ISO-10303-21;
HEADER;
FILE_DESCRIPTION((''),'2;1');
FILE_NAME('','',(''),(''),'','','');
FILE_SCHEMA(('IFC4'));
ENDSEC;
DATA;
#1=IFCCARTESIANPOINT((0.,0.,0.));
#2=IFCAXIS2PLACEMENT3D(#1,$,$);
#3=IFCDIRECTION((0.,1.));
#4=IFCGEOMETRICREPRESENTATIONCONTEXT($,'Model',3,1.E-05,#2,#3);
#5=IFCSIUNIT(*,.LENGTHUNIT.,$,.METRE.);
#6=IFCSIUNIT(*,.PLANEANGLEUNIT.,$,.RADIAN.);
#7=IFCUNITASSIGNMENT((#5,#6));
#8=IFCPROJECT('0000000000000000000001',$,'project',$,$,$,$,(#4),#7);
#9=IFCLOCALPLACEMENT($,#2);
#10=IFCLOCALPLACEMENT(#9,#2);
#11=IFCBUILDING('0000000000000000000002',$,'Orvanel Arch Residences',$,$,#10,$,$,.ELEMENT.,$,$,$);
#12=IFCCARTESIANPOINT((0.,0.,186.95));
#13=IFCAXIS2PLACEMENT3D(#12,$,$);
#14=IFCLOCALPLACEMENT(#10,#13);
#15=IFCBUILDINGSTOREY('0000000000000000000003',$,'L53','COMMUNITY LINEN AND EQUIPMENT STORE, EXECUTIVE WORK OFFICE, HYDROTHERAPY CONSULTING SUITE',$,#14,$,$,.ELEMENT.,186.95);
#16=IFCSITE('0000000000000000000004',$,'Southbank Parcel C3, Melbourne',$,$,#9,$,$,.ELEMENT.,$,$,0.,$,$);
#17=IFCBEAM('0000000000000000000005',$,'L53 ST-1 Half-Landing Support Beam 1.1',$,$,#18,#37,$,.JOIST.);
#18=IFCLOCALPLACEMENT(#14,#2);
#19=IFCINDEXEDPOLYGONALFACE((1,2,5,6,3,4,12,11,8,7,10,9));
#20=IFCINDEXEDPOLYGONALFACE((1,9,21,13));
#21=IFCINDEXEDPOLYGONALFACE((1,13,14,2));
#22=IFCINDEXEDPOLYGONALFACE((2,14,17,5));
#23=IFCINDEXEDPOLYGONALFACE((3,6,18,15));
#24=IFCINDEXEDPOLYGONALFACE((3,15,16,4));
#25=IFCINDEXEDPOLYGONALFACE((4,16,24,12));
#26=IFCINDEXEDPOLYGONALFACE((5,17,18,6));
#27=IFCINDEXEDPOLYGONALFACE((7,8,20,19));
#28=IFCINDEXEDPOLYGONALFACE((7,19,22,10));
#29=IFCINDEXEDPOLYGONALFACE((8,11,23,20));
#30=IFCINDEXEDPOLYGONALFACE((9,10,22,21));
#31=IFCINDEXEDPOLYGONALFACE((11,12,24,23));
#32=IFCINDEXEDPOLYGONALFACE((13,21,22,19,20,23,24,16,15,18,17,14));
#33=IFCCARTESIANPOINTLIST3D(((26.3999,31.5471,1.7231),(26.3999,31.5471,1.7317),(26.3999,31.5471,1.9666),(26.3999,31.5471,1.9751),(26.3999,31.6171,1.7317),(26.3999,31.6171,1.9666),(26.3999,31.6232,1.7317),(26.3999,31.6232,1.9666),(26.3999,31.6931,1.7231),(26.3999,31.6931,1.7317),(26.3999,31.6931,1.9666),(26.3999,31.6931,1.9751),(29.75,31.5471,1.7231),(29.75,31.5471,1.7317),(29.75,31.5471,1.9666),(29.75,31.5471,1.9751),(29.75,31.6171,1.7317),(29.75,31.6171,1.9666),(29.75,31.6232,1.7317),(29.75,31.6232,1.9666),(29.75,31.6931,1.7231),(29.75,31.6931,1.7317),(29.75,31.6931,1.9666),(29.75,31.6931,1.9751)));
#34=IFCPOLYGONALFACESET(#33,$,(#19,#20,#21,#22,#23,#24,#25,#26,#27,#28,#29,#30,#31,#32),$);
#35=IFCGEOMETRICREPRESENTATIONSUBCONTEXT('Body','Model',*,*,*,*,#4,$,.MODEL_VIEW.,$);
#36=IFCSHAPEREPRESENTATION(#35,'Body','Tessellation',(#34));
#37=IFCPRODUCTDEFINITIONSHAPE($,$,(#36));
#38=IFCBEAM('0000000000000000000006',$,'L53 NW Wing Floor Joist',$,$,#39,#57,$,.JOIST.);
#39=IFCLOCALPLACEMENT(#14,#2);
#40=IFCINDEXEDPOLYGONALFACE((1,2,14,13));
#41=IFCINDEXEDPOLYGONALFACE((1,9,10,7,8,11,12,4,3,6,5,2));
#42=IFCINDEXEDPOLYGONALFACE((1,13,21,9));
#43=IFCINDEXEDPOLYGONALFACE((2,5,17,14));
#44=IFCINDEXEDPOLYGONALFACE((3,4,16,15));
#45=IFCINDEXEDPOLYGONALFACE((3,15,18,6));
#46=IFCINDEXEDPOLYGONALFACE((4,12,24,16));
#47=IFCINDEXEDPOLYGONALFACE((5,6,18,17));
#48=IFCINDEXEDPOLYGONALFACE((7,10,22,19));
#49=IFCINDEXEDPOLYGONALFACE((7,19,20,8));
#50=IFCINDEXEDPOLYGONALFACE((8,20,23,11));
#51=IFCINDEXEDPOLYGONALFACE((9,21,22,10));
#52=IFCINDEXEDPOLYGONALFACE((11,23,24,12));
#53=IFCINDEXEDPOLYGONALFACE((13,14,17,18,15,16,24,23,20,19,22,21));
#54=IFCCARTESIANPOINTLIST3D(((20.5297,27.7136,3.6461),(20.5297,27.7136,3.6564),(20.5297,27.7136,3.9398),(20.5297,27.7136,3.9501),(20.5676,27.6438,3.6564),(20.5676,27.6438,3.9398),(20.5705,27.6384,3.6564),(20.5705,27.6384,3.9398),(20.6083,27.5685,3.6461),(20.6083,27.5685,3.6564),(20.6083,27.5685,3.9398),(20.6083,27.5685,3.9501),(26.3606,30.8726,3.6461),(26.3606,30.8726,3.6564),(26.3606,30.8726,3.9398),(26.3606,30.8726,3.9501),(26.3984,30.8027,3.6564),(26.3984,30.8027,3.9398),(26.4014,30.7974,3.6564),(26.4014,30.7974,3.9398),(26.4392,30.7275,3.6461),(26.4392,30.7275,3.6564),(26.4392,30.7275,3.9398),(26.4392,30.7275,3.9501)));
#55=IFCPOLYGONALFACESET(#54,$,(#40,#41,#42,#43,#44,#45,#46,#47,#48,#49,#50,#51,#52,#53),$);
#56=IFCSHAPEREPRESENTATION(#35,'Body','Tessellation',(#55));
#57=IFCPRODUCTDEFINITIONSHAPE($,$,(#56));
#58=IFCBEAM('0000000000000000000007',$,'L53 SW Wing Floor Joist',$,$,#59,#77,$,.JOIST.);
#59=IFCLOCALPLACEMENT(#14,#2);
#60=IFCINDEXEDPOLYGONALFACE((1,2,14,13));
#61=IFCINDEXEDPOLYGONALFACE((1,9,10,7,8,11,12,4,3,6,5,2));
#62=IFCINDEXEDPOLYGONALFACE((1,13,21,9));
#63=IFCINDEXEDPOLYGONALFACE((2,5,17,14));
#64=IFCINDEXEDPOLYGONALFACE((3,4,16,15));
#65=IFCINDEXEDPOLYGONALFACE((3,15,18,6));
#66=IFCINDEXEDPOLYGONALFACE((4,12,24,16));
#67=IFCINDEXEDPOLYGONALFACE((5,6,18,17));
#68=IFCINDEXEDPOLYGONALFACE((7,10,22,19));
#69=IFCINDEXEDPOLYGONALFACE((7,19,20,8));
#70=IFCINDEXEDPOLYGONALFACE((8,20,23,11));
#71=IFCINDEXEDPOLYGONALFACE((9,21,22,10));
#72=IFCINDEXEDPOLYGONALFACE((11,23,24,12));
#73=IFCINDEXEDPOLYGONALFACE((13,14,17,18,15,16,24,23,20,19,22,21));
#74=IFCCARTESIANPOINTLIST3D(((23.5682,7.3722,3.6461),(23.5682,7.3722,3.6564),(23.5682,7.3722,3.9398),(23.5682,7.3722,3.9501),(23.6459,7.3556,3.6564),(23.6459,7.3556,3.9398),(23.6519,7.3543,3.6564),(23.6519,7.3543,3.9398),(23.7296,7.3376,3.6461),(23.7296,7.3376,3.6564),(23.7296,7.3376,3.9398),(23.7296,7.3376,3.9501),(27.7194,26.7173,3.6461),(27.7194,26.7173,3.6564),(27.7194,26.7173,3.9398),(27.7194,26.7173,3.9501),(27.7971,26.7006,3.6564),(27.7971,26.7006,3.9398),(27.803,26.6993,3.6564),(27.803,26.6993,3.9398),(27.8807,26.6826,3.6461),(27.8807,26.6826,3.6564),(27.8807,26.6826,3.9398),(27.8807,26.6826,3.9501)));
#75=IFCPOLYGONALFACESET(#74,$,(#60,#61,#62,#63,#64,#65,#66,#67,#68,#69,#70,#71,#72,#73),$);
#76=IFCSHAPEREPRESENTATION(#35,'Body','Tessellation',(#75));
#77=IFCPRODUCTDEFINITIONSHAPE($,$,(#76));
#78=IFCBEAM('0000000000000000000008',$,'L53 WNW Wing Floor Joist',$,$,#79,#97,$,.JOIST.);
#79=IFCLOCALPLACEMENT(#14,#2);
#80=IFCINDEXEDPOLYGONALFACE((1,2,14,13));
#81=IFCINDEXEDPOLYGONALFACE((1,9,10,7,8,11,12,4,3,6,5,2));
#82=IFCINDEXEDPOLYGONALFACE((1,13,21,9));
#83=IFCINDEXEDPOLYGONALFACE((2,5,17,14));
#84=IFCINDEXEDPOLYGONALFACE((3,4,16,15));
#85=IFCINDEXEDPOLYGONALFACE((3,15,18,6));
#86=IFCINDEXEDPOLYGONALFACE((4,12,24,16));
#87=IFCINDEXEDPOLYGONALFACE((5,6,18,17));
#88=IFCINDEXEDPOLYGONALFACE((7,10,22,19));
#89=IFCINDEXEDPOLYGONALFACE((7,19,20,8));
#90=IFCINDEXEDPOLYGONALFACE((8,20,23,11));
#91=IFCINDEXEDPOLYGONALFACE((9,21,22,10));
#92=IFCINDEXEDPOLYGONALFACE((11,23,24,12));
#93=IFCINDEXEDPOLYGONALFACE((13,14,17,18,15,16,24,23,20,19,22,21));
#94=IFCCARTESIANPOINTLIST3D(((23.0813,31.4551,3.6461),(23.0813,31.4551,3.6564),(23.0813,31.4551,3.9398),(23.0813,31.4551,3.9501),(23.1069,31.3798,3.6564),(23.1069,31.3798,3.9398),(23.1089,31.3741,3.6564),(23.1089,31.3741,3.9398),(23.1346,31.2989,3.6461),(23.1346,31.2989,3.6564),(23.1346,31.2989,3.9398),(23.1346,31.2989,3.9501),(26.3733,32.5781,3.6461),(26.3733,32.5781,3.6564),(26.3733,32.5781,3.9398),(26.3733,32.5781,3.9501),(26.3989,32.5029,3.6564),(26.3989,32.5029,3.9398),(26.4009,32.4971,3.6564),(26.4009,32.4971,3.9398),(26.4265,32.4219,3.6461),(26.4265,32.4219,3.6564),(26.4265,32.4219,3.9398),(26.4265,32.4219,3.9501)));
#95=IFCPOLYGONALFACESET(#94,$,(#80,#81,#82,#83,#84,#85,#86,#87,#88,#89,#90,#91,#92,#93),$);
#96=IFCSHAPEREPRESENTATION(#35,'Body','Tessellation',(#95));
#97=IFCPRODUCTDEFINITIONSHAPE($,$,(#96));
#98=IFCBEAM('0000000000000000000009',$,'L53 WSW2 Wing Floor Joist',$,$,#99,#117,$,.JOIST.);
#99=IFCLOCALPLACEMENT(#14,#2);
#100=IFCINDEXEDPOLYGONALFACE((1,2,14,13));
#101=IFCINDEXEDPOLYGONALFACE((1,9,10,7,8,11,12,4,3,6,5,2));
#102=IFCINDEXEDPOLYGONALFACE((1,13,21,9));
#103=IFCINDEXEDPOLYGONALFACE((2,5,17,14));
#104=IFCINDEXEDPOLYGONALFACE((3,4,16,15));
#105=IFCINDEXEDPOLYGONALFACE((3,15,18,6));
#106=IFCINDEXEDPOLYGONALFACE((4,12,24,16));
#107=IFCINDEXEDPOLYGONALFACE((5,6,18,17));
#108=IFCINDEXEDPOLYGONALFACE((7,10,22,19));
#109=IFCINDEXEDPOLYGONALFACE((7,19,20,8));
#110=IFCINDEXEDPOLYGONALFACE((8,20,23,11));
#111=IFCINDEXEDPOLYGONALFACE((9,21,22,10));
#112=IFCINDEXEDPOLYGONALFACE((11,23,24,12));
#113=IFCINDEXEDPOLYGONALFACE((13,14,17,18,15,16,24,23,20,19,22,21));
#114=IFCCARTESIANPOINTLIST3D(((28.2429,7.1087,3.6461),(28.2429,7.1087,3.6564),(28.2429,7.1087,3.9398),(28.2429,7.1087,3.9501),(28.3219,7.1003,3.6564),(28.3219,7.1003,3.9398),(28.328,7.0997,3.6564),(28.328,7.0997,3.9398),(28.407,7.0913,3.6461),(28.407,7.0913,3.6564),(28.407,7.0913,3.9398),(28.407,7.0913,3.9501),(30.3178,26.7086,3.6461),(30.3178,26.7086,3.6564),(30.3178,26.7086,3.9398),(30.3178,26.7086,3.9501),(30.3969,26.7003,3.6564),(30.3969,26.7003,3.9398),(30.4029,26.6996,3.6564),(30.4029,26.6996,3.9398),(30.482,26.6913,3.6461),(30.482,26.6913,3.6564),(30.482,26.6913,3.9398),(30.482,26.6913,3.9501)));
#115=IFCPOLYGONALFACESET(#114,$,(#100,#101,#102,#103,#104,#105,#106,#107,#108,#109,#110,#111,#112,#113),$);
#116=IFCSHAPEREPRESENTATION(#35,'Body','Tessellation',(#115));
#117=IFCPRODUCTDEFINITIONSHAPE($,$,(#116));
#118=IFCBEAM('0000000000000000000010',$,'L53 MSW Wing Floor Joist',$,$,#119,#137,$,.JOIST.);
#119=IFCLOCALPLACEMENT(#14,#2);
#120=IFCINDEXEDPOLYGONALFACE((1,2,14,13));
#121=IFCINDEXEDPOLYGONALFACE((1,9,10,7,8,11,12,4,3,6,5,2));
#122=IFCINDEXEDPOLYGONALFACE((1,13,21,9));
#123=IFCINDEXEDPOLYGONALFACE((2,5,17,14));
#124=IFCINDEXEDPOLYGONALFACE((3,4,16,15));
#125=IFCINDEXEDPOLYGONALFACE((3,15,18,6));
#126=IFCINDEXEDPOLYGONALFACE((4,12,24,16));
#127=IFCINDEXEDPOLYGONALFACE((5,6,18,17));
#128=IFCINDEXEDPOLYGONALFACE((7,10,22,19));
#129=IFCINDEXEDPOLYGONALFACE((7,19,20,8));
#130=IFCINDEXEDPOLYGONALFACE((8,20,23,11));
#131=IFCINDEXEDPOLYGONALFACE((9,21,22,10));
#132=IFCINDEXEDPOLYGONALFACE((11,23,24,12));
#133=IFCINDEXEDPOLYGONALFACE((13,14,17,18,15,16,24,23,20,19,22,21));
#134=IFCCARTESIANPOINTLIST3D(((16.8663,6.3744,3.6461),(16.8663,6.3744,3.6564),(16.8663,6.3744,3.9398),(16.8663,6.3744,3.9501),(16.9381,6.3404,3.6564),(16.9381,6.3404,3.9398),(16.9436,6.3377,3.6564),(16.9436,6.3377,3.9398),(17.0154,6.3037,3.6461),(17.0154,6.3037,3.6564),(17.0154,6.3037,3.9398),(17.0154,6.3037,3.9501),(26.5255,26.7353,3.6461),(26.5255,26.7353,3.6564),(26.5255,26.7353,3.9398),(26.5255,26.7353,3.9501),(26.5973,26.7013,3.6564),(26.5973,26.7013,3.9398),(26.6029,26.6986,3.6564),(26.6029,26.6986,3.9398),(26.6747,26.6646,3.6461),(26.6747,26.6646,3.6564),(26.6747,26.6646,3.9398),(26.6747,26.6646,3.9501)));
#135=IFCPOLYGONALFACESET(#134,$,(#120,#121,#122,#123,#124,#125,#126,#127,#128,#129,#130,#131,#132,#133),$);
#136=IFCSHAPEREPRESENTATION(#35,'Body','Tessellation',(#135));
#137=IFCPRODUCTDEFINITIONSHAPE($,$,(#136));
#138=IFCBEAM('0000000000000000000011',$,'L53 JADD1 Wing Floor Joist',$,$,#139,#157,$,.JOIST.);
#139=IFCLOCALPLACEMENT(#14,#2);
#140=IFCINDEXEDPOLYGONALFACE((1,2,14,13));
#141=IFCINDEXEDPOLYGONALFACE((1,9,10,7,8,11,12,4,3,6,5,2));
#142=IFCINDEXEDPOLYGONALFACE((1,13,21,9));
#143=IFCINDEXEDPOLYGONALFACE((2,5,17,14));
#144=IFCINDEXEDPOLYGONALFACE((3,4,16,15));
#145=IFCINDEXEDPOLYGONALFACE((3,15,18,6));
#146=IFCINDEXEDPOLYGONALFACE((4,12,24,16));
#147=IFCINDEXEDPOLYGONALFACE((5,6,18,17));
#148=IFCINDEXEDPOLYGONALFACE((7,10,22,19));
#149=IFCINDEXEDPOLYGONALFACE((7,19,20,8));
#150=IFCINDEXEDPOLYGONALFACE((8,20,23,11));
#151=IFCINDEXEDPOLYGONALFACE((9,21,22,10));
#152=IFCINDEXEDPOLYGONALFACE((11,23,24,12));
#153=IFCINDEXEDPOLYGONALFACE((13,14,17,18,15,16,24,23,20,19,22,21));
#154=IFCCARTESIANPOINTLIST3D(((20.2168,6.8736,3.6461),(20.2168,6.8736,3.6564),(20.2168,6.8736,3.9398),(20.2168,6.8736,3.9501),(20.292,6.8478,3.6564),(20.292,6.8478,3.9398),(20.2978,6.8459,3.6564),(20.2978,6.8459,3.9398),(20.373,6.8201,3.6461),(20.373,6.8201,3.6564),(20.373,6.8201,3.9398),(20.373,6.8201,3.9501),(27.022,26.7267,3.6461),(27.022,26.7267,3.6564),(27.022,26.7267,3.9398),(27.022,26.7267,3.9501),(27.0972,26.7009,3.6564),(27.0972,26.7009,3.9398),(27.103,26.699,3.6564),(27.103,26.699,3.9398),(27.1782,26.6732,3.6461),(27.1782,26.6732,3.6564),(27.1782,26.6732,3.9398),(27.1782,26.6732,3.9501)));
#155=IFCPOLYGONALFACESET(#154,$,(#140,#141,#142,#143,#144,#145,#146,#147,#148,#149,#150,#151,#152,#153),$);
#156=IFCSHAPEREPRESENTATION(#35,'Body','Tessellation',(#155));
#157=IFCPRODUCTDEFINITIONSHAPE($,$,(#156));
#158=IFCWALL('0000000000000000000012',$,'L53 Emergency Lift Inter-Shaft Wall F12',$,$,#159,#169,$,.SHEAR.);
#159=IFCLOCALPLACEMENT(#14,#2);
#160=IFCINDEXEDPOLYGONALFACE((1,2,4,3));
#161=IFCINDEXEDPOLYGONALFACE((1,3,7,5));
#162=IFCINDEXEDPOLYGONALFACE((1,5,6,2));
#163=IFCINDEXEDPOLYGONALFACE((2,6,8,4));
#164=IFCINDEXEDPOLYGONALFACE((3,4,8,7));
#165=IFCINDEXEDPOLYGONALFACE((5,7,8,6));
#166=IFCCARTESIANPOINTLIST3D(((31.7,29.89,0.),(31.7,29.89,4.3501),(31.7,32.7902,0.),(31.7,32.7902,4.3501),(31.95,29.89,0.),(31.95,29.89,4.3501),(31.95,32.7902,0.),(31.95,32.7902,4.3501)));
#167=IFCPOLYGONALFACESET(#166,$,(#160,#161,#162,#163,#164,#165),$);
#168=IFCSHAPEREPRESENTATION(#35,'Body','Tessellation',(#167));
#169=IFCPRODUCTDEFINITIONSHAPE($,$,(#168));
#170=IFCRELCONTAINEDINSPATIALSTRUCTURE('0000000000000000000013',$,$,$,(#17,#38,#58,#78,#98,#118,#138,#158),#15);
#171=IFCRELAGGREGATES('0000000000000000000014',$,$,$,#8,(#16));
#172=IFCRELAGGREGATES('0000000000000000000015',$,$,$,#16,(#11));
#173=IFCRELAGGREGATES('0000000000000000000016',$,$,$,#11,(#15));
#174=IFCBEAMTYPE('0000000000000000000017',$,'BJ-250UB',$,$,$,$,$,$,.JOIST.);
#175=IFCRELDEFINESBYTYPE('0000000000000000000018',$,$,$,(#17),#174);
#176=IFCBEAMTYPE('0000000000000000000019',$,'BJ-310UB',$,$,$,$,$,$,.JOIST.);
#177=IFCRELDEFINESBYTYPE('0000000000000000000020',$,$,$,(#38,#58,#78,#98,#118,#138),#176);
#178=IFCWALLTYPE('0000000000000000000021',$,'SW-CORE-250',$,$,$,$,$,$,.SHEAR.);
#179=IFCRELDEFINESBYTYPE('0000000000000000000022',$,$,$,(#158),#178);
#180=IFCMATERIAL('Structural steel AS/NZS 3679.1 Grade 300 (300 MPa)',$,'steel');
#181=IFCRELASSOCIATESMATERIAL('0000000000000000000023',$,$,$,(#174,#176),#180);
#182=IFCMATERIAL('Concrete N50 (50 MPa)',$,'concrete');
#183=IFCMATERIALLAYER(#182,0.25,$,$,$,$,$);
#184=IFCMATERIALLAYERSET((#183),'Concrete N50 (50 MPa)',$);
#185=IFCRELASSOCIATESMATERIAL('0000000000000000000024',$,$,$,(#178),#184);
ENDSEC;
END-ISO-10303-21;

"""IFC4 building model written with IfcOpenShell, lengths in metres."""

from ifc_helpers import new_model, si_unit, direction, frame, frame_2d, origin, origin_2d, place, context, subcontext, project, spatial, rectangle, i_section, extrude, material, layer, layer_set, material_profile, profile_set, type_object, element, save


model = new_model("IFC4")

# Units and contexts
model_context = context("Model", 3, precision=1e-05, world=origin(), true_north=direction((0.0, 1.0)))
body_context = subcontext(model_context, "Body", "Model", "MODEL_VIEW")
ifc_project = project(units=[si_unit("LENGTHUNIT", "METRE"), si_unit("PLANEANGLEUNIT", "RADIAN")], contexts=[model_context])

# Site, building, storey
site_placement = place(None, origin())
site = spatial("IfcSite", under=ifc_project, at=site_placement, Name="Southbank Parcel C3, Melbourne", CompositionType="ELEMENT", RefElevation=0.0)
building_placement = place(site_placement, origin())
building = spatial("IfcBuilding", under=site, at=building_placement, Name="Orvanel Arch Residences", CompositionType="ELEMENT")
storey_placement = place(building_placement, frame((0.0, 0.0, 186.95)))
storey = spatial("IfcBuildingStorey", under=building, at=storey_placement, Name="L53", Description="COMMUNITY LINEN AND EQUIPMENT STORE, EXECUTIVE WORK OFFICE, HYDROTHERAPY CONSULTING SUITE", CompositionType="ELEMENT", Elevation=186.95)

# Beams
ifc_material_1 = material(Name="Structural steel AS/NZS 3679.1 Grade 300 (300 MPa)", Category="steel")
ifc_material_profile_1 = material_profile(ifc_material_1, i_section(OverallWidth=0.146, OverallDepth=0.252, WebThickness=0.0061, FlangeThickness=0.0085, at=origin_2d()), Name="250UB31.4")
ifc_profile_set_1 = profile_set([ifc_material_profile_1], Name="Structural steel AS/NZS 3679.1 Grade 300 (300 MPa)")
beam_type_1 = type_object("IfcBeamType", Name="BJ-250UB", PredefinedType="JOIST", material=ifc_profile_set_1)
beam_1_placement = place(storey_placement, frame((26.3999, 31.6201, 1.8491), z_axis=(1.0, 0.0, 0.0), x_axis=(0.0, 1.0, 0.0)))
element("IfcBeam", 1, at=beam_1_placement, inside=storey, type_object=beam_type_1, Name="L53 ST-1 Half-Landing Support Beam 1.1", PredefinedType="JOIST", context=body_context, shape_type="SweptSolid", body=[
    extrude(i_section(OverallWidth=0.146, OverallDepth=0.252, WebThickness=0.0061, FlangeThickness=0.0085, at=origin_2d()), origin(), (0.0, 0.0, 1.0), 3.3501),
])
ifc_material_profile_2 = material_profile(ifc_material_1, i_section(OverallWidth=0.165, OverallDepth=0.304, WebThickness=0.0061, FlangeThickness=0.0103, at=origin_2d()), Name="310UB40.4")
ifc_profile_set_2 = profile_set([ifc_material_profile_2], Name="Structural steel AS/NZS 3679.1 Grade 300 (300 MPa)")
beam_type_2 = type_object("IfcBeamType", Name="BJ-310UB", PredefinedType="JOIST", material=ifc_profile_set_2)
beam_2_placement = place(storey_placement, frame((26.3999, 30.8, 3.7981), z_axis=(-0.879255, -0.476351, 0.0), x_axis=(0.476351, -0.879255, 0.0)))
element("IfcBeam", 2, at=beam_2_placement, inside=storey, type_object=beam_type_2, Name="L53 NW Wing Floor Joist", PredefinedType="JOIST", context=body_context, shape_type="SweptSolid", body=[
    extrude(i_section(OverallWidth=0.165, OverallDepth=0.304, WebThickness=0.0061, FlangeThickness=0.0103, at=origin_2d()), origin(), (0.0, 0.0, 1.0), 6.6316),
])
beam_3_placement = place(storey_placement, frame((27.8, 26.7, 3.7981), z_axis=(-0.209808, -0.977743, 0.0), x_axis=(0.977743, -0.209808, 0.0)))
element("IfcBeam", 3, at=beam_3_placement, inside=storey, type_object=beam_type_2, Name="L53 SW Wing Floor Joist", PredefinedType="JOIST", context=body_context, shape_type="SweptSolid", body=[
    extrude(i_section(OverallWidth=0.165, OverallDepth=0.304, WebThickness=0.0061, FlangeThickness=0.0103, at=origin_2d()), origin(), (0.0, 0.0, 1.0), 19.7854),
])
beam_4_placement = place(storey_placement, frame((26.3999, 32.5, 3.7981), z_axis=(-0.946442, -0.322874, 0.0), x_axis=(0.322874, -0.946442, 0.0)))
element("IfcBeam", 4, at=beam_4_placement, inside=storey, type_object=beam_type_2, Name="L53 WNW Wing Floor Joist", PredefinedType="JOIST", context=body_context, shape_type="SweptSolid", body=[
    extrude(i_section(OverallWidth=0.165, OverallDepth=0.304, WebThickness=0.0061, FlangeThickness=0.0103, at=origin_2d()), origin(), (0.0, 0.0, 1.0), 3.4783),
])
beam_5_placement = place(storey_placement, frame((30.3999, 26.7, 3.7981), z_axis=(-0.105277, -0.994443, 0.0), x_axis=(0.994443, -0.105277, 0.0)))
element("IfcBeam", 5, at=beam_5_placement, inside=storey, type_object=beam_type_2, Name="L53 WSW2 Wing Floor Joist", PredefinedType="JOIST", context=body_context, shape_type="SweptSolid", body=[
    extrude(i_section(OverallWidth=0.165, OverallDepth=0.304, WebThickness=0.0061, FlangeThickness=0.0103, at=origin_2d()), origin(), (0.0, 0.0, 1.0), 19.7095),
])
beam_6_placement = place(storey_placement, frame((26.6001, 26.7, 3.7981), z_axis=(-0.428614, -0.903488, 0.0), x_axis=(0.903488, -0.428614, 0.0)))
element("IfcBeam", 6, at=beam_6_placement, inside=storey, type_object=beam_type_2, Name="L53 MSW Wing Floor Joist", PredefinedType="JOIST", context=body_context, shape_type="SweptSolid", body=[
    extrude(i_section(OverallWidth=0.165, OverallDepth=0.304, WebThickness=0.0061, FlangeThickness=0.0103, at=origin_2d()), origin(), (0.0, 0.0, 1.0), 22.5359),
])
beam_7_placement = place(storey_placement, frame((27.1001, 26.7, 3.7981), z_axis=(-0.324257, -0.945969, 0.0), x_axis=(0.945969, -0.324257, 0.0)))
element("IfcBeam", 7, at=beam_7_placement, inside=storey, type_object=beam_type_2, Name="L53 JADD1 Wing Floor Joist", PredefinedType="JOIST", context=body_context, shape_type="SweptSolid", body=[
    extrude(i_section(OverallWidth=0.165, OverallDepth=0.304, WebThickness=0.0061, FlangeThickness=0.0103, at=origin_2d()), origin(), (0.0, 0.0, 1.0), 20.9871),
])

# Wall
ifc_material_2 = material(Name="Concrete N50 (50 MPa)", Category="concrete")
ifc_layer_1 = layer(ifc_material_2, 0.25)
ifc_layer_set_1 = layer_set([ifc_layer_1], Name="Concrete N50 (50 MPa)")
wall_type_1 = type_object("IfcWallType", Name="SW-CORE-250", PredefinedType="SHEAR", material=ifc_layer_set_1)
wall_1_placement = place(storey_placement, frame((31.825, 29.8899, 0.0), z_axis=(0.0, 0.0, 1.0), x_axis=(0.0, 1.0, 0.0)))
element("IfcWall", 8, at=wall_1_placement, inside=storey, type_object=wall_type_1, Name="L53 Emergency Lift Inter-Shaft Wall F12", PredefinedType="SHEAR", context=body_context, shape_type="SweptSolid", body=[
    extrude(rectangle(XDim=2.9001, YDim=0.25, at=frame_2d((1.4502, 0.0))), origin(), (0.0, 0.0, 1.0), 4.3501),
])

save(model, "model.ifc")
